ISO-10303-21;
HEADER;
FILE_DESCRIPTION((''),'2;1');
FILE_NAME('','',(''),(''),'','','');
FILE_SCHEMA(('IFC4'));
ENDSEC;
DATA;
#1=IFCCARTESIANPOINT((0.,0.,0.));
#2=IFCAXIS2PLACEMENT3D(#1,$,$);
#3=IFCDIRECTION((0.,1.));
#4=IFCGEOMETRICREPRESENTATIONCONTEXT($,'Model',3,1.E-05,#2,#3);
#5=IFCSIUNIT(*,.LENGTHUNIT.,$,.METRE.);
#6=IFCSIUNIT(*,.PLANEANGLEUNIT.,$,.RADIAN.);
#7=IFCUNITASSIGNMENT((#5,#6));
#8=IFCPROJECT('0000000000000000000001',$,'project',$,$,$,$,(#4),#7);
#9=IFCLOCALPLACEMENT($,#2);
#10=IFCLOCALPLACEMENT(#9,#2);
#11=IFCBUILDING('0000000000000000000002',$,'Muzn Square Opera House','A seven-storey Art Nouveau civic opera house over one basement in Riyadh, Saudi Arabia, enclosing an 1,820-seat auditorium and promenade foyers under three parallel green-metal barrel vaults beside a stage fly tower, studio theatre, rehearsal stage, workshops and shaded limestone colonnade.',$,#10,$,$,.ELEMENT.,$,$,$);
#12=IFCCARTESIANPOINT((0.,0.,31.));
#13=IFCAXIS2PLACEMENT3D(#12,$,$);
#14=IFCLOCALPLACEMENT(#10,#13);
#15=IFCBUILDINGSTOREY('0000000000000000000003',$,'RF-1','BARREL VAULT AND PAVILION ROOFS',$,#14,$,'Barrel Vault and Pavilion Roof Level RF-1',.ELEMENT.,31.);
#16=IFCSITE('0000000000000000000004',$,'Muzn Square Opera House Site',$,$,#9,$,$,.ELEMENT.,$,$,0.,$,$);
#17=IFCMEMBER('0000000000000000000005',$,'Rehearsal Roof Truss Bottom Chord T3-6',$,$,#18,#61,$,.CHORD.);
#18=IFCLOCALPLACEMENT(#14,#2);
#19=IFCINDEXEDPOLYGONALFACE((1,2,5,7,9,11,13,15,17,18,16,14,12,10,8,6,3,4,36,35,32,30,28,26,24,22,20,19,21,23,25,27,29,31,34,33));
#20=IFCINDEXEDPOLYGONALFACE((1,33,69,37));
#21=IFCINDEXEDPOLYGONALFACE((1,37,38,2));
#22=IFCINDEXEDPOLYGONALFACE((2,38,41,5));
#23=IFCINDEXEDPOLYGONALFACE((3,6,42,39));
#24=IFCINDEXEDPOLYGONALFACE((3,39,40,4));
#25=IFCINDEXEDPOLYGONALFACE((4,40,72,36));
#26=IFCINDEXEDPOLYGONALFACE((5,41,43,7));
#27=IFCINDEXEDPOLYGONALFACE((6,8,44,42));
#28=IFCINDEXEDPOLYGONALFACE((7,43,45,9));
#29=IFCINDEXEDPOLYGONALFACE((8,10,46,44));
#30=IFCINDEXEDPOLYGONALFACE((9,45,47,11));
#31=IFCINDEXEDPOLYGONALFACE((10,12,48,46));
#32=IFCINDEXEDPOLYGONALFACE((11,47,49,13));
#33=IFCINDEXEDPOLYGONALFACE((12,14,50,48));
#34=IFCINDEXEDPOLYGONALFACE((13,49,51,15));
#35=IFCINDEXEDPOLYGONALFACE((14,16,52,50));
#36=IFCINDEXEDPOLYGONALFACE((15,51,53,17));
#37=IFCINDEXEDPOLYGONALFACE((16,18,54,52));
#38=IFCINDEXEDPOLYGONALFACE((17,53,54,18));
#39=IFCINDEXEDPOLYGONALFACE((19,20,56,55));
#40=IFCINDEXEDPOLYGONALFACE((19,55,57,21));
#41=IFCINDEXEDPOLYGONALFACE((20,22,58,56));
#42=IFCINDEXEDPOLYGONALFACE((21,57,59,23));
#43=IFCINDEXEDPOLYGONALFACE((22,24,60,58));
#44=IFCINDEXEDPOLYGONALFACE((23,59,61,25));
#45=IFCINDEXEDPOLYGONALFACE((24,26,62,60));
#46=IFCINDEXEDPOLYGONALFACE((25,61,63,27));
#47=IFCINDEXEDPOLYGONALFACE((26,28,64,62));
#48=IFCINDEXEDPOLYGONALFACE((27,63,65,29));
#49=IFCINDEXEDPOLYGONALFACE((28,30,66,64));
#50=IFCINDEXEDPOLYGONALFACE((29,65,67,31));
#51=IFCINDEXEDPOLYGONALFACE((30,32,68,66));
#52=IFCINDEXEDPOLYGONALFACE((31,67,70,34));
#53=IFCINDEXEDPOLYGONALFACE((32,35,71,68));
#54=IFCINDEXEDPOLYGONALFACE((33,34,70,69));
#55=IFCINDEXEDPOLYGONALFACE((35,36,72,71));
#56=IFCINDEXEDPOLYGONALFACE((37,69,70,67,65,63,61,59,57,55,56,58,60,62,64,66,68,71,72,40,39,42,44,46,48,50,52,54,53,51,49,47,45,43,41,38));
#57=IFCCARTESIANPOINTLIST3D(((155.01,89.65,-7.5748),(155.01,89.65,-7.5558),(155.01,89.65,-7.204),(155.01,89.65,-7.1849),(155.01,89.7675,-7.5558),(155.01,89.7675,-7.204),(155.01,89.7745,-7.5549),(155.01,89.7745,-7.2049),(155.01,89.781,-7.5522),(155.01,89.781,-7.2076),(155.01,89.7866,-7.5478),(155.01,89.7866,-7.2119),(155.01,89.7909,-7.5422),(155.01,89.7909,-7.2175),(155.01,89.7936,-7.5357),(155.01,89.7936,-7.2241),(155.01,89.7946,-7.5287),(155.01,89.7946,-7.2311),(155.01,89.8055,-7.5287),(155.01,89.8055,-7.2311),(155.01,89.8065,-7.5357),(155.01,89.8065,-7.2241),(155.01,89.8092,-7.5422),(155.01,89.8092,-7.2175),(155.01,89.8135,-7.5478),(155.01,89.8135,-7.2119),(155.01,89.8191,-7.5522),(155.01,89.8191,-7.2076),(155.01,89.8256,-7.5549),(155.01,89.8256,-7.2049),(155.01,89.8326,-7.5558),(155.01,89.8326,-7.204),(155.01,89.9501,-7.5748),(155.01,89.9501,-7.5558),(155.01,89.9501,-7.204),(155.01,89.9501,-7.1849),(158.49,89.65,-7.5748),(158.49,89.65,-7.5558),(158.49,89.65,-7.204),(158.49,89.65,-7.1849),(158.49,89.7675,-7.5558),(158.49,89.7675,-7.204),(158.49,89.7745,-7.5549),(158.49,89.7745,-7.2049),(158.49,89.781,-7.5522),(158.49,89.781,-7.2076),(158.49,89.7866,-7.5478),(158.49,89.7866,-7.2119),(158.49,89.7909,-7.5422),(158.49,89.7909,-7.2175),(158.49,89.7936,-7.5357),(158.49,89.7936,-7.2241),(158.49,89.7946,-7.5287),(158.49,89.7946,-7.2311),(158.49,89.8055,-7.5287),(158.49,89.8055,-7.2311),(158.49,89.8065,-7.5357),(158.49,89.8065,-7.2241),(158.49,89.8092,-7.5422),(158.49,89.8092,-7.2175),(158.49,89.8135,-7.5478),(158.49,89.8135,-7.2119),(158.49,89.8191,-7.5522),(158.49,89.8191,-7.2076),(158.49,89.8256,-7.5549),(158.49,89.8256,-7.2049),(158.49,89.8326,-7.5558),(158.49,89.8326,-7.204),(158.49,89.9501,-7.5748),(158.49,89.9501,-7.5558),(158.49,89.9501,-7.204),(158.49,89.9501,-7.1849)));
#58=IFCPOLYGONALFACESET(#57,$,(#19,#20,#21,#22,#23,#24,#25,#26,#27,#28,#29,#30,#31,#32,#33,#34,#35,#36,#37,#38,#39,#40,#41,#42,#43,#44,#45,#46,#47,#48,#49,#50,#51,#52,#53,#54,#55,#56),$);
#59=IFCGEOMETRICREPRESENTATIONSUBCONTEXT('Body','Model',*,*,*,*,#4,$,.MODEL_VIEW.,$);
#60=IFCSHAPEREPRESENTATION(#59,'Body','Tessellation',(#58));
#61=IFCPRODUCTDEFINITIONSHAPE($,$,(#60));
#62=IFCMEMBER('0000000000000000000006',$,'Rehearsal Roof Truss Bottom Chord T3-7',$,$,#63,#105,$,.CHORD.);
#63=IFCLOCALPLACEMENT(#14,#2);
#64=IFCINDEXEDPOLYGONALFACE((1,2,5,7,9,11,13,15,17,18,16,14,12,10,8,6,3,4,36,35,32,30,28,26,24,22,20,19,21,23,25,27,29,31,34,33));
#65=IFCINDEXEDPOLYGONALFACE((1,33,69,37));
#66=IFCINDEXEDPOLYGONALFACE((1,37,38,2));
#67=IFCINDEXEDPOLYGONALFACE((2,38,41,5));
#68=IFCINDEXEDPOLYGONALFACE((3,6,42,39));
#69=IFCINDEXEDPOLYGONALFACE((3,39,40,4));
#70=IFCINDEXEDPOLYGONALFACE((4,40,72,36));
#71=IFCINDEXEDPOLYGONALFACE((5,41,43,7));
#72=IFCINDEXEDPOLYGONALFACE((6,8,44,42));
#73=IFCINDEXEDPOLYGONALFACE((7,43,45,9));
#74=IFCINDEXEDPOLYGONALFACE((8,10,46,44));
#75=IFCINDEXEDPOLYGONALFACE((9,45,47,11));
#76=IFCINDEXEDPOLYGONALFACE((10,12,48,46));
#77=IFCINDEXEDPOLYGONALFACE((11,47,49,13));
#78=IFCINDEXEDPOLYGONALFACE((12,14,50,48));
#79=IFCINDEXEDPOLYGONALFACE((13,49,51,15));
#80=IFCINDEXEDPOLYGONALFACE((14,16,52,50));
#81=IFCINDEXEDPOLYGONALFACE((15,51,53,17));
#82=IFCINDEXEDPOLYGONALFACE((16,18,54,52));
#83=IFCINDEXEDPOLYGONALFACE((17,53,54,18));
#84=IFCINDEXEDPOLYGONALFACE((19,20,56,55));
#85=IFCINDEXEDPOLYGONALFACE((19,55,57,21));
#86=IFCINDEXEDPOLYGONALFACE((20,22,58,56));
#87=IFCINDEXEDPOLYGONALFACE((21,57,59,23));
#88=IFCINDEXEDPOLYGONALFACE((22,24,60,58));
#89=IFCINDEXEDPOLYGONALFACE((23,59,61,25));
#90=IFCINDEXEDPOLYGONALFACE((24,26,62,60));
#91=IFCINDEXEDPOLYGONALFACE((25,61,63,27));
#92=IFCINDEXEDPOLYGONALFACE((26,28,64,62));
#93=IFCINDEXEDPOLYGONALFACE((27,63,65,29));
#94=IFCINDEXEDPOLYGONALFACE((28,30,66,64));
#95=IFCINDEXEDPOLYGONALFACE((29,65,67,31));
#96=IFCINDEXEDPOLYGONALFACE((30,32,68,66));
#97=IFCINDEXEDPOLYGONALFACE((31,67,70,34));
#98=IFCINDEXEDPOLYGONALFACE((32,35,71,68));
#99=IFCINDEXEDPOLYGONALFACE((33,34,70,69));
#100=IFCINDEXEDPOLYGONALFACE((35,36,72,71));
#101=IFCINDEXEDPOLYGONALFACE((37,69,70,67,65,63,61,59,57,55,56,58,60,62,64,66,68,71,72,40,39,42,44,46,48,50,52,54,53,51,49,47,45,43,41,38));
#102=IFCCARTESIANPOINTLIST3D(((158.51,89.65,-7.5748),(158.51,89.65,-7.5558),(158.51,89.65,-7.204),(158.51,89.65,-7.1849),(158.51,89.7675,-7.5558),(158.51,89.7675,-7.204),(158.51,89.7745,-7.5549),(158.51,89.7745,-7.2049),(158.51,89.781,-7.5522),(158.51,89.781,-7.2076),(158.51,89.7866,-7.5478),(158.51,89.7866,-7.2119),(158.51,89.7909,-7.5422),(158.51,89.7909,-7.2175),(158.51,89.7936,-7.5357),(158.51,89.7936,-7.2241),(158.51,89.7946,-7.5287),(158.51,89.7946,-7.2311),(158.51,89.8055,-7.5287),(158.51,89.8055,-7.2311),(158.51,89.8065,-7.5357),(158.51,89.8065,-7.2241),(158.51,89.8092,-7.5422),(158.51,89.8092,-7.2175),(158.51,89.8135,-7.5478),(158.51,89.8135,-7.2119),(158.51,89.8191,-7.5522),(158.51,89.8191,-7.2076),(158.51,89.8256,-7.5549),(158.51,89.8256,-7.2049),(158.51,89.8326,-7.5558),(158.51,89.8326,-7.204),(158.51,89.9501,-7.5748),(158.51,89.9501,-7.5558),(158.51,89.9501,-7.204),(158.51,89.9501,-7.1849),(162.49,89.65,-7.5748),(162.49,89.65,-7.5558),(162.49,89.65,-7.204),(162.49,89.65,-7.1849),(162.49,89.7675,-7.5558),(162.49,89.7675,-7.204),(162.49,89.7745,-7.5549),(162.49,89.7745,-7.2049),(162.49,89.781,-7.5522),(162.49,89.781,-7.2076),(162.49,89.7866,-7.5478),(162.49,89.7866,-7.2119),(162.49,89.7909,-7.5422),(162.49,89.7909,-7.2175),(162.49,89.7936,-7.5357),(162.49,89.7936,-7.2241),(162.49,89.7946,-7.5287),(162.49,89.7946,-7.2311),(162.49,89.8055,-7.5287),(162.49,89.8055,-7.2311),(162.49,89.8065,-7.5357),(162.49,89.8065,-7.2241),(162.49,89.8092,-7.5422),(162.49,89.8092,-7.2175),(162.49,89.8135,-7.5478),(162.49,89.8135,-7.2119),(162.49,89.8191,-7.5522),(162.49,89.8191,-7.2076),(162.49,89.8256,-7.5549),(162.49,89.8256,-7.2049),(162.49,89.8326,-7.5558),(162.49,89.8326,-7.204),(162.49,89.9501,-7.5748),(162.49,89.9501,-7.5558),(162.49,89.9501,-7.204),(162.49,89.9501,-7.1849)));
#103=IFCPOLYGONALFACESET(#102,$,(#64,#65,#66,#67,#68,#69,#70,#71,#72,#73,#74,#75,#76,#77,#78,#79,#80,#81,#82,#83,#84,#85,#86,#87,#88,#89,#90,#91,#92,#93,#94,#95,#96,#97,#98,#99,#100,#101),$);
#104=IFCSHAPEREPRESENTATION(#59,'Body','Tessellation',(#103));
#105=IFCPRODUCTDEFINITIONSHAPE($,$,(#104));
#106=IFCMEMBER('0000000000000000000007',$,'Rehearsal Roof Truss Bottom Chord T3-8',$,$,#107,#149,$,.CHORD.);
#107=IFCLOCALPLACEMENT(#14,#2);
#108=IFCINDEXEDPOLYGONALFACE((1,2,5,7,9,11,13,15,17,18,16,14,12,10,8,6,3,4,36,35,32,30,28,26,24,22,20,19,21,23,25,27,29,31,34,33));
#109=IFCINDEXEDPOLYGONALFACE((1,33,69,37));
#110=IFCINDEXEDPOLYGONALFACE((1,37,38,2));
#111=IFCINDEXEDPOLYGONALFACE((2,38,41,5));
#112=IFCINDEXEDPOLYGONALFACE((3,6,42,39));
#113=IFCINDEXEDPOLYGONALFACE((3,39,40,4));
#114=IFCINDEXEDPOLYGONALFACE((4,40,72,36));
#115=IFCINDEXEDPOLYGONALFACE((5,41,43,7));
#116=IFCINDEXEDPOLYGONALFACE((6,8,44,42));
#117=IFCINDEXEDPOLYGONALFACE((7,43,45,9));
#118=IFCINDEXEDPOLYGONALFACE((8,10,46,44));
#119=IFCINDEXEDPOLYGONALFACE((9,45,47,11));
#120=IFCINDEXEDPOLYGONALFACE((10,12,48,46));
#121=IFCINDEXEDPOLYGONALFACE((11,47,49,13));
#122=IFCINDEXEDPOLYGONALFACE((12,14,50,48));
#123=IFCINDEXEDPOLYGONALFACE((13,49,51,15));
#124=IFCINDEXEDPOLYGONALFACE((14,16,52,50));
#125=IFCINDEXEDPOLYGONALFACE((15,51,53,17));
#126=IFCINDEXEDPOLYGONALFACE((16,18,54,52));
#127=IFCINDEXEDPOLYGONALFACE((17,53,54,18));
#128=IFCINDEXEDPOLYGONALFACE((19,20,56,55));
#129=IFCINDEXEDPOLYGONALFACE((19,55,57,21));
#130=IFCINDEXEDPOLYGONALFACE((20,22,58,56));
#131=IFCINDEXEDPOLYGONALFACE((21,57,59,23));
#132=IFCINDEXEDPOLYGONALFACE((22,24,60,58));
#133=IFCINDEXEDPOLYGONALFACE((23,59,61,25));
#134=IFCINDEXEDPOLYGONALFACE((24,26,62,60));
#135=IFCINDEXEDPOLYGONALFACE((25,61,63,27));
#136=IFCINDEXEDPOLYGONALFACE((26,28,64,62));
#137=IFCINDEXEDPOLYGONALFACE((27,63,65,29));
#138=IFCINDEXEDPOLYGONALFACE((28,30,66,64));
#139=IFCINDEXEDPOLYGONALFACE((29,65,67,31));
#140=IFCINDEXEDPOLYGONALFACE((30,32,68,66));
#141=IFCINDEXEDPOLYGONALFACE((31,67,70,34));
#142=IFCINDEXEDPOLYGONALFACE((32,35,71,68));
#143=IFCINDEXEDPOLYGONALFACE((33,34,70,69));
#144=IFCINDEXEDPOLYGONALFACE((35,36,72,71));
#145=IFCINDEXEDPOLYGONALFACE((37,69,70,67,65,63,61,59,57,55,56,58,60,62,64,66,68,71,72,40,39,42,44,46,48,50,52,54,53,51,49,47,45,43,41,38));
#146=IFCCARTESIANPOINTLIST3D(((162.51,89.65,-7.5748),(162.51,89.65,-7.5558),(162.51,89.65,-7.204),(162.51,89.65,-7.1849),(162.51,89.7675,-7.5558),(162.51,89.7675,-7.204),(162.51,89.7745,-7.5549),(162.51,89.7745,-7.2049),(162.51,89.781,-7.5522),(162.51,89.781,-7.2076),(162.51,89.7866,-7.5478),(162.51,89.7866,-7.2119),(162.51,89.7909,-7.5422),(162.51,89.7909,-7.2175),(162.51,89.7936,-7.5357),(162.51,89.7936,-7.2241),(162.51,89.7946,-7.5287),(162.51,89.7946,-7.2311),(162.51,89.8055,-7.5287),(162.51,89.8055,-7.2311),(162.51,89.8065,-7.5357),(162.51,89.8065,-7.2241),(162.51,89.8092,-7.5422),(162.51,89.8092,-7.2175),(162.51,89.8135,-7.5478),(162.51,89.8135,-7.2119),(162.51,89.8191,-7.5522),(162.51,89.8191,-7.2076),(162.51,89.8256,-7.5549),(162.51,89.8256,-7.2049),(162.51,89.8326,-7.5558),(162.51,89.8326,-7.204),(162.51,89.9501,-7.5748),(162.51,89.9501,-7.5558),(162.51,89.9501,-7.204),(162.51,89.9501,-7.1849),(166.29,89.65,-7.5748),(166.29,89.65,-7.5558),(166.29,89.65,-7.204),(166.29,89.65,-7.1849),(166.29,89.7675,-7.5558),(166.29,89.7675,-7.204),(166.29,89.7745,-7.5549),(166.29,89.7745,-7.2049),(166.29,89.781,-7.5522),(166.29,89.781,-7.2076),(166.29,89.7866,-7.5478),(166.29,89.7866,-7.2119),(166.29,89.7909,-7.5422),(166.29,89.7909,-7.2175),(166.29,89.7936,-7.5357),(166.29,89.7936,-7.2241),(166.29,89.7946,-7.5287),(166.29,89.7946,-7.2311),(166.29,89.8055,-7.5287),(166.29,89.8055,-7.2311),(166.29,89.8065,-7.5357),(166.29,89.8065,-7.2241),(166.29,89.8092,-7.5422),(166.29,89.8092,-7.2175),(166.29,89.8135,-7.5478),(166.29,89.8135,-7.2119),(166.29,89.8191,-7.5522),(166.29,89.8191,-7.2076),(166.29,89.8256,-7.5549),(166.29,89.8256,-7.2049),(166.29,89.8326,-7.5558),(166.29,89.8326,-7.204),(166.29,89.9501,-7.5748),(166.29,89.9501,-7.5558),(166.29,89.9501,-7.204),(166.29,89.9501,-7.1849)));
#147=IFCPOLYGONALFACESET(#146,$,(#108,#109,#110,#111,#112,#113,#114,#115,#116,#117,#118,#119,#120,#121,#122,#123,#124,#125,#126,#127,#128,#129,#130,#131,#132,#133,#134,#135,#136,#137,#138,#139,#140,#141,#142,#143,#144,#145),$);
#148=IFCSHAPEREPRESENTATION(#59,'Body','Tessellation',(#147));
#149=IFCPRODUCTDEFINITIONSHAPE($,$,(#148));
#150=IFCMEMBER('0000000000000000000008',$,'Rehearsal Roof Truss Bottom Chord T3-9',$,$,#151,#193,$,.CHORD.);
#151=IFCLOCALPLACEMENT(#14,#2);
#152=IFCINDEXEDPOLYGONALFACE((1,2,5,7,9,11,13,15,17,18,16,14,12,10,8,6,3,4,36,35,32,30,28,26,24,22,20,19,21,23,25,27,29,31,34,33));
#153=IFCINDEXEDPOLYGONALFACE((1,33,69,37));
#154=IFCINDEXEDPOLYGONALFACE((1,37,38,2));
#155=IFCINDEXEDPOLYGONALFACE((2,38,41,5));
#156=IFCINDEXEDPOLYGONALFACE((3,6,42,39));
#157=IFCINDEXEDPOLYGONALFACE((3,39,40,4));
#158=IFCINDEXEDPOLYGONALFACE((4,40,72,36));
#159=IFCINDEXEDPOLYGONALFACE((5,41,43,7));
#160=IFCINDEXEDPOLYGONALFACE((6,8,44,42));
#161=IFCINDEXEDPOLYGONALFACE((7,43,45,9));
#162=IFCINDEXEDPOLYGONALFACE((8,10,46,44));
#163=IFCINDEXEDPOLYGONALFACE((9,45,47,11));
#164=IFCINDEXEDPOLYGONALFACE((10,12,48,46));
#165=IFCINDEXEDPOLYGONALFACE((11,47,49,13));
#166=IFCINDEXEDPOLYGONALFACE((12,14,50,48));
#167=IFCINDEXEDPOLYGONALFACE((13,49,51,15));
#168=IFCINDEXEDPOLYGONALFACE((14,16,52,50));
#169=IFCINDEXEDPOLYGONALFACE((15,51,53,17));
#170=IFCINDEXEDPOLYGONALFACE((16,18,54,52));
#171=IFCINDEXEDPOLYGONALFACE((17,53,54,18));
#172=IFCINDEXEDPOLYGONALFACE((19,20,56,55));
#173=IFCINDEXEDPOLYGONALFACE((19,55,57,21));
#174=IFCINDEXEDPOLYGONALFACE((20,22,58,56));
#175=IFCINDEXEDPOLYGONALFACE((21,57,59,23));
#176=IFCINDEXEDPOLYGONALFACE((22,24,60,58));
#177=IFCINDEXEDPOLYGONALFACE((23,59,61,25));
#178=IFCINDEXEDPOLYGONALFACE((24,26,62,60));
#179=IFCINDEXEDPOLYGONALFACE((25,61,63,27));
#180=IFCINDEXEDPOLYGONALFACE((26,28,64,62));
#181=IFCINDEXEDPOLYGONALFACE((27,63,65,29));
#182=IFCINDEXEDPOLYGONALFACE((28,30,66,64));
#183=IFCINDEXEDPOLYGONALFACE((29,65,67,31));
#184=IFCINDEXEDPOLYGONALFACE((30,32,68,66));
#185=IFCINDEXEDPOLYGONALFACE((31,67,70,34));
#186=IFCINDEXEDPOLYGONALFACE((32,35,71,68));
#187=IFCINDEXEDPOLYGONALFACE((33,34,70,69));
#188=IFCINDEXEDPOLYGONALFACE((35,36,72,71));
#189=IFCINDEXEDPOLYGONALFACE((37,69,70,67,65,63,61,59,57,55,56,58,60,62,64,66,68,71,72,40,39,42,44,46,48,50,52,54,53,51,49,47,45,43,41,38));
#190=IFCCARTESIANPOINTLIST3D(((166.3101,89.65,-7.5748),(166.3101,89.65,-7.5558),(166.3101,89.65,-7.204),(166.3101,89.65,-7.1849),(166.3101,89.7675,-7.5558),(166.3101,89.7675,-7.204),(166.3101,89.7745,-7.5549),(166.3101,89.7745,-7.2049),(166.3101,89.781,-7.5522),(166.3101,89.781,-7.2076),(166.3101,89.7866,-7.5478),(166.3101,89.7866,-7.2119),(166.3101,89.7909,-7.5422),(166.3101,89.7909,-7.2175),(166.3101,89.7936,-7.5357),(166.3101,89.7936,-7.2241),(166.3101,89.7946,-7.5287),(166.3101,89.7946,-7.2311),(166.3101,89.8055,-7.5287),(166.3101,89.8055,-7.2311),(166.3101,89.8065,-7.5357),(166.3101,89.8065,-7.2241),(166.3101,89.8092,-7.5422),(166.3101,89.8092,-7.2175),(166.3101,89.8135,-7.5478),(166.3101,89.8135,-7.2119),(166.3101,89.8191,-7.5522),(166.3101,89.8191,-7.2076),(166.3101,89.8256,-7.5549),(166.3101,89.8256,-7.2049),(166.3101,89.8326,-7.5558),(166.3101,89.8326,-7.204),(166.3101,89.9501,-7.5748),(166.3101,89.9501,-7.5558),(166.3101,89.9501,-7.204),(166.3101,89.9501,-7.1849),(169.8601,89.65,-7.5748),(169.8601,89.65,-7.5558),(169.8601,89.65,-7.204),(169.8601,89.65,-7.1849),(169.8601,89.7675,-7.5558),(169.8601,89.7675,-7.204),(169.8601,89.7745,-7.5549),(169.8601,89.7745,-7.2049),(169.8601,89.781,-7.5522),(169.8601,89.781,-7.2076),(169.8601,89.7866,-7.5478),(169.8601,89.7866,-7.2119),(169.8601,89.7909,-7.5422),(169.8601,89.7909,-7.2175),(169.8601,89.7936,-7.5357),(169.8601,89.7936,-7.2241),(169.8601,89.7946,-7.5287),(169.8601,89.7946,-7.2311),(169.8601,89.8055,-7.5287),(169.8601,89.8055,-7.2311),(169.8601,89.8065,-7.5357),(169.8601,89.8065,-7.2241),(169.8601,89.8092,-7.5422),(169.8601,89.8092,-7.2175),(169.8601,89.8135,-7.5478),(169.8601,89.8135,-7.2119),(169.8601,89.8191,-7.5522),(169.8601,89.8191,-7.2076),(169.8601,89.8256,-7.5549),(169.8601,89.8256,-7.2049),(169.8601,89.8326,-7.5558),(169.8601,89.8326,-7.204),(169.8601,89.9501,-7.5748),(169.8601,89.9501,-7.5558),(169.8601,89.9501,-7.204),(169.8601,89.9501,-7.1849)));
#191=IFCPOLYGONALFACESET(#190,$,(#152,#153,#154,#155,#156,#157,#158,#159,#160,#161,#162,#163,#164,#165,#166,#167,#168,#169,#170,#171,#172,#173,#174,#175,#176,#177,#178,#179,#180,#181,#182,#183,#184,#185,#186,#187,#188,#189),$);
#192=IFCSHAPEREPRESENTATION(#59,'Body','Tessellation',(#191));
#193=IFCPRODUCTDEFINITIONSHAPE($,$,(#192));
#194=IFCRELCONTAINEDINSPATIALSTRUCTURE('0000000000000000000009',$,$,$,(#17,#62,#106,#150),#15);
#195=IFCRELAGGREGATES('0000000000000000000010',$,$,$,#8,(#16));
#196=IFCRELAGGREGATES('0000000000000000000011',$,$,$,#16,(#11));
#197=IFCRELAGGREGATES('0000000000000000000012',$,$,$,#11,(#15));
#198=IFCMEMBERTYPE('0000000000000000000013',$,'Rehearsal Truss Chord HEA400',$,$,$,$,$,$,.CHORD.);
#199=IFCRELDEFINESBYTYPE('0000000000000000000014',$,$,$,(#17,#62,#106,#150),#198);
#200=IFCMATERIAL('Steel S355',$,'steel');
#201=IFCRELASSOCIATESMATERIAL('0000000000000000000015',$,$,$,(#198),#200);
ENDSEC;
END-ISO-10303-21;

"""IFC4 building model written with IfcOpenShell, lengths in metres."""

from ifc_helpers import new_model, si_unit, direction, frame, origin, origin_2d, place, context, subcontext, project, spatial, i_section, extrude, material, material_profile, profile_set, type_object, element, save


model = new_model("IFC4")

# Units and contexts
model_context = context("Model", 3, precision=1e-05, world=origin(), true_north=direction((0.0, 1.0)))
body_context = subcontext(model_context, "Body", "Model", "MODEL_VIEW")
ifc_project = project(units=[si_unit("LENGTHUNIT", "METRE"), si_unit("PLANEANGLEUNIT", "RADIAN")], contexts=[model_context])

# Site, building, storey
site_placement = place(None, origin())
site = spatial("IfcSite", under=ifc_project, at=site_placement, Name="Muzn Square Opera House Site", CompositionType="ELEMENT", RefElevation=0.0)
building_placement = place(site_placement, origin())
building = spatial("IfcBuilding", under=site, at=building_placement, Name="Muzn Square Opera House", Description="A seven-storey Art Nouveau civic opera house over one basement in Riyadh, Saudi Arabia, enclosing an 1,820-seat auditorium and promenade foyers under three parallel green-metal barrel vaults beside a stage fly tower, studio theatre, rehearsal stage, workshops and shaded limestone colonnade.", CompositionType="ELEMENT")
storey_placement = place(building_placement, frame((0.0, 0.0, 31.0)))
storey = spatial("IfcBuildingStorey", under=building, at=storey_placement, Name="RF-1", Description="BARREL VAULT AND PAVILION ROOFS", LongName="Barrel Vault and Pavilion Roof Level RF-1", CompositionType="ELEMENT", Elevation=31.0)

# Shared definitions
ifc_material = material(Name="Steel S355", Category="steel")

# Members
ifc_material_profile_1 = material_profile(ifc_material, i_section(OverallWidth=0.3, OverallDepth=0.3899, WebThickness=0.011, FlangeThickness=0.019, FilletRadius=0.0271, at=origin_2d()), Name="HEA 400", Category="steel")
ifc_profile_set_1 = profile_set([ifc_material_profile_1], Name="Steel S355")
member_type_1 = type_object("IfcMemberType", Name="Rehearsal Truss Chord HEA400", PredefinedType="CHORD", material=ifc_profile_set_1)
member_1_placement = place(storey_placement, frame((155.01, 89.8, -7.3799), z_axis=(1.0, 0.0, 0.0), x_axis=(0.0, 1.0, 0.0)))
element("IfcMember", 1, at=member_1_placement, inside=storey, type_object=member_type_1, Name="Rehearsal Roof Truss Bottom Chord T3-6", PredefinedType="CHORD", context=body_context, shape_type="SweptSolid", body=[
    extrude(i_section(OverallWidth=0.3, OverallDepth=0.3899, WebThickness=0.011, FlangeThickness=0.019, FilletRadius=0.0271, at=origin_2d()), origin(), (0.0, 0.0, 1.0), 3.48),
])
member_2_placement = place(storey_placement, frame((158.51, 89.8, -7.3799), z_axis=(1.0, 0.0, 0.0), x_axis=(0.0, 1.0, 0.0)))
element("IfcMember", 2, at=member_2_placement, inside=storey, type_object=member_type_1, Name="Rehearsal Roof Truss Bottom Chord T3-7", PredefinedType="CHORD", context=body_context, shape_type="SweptSolid", body=[
    extrude(i_section(OverallWidth=0.3, OverallDepth=0.3899, WebThickness=0.011, FlangeThickness=0.019, FilletRadius=0.0271, at=origin_2d()), origin(), (0.0, 0.0, 1.0), 3.98),
])
member_3_placement = place(storey_placement, frame((162.51, 89.8, -7.3799), z_axis=(1.0, 0.0, 0.0), x_axis=(0.0, 1.0, 0.0)))
element("IfcMember", 3, at=member_3_placement, inside=storey, type_object=member_type_1, Name="Rehearsal Roof Truss Bottom Chord T3-8", PredefinedType="CHORD", context=body_context, shape_type="SweptSolid", body=[
    extrude(i_section(OverallWidth=0.3, OverallDepth=0.3899, WebThickness=0.011, FlangeThickness=0.019, FilletRadius=0.0271, at=origin_2d()), origin(), (0.0, 0.0, 1.0), 3.78),
])
member_4_placement = place(storey_placement, frame((166.3101, 89.8, -7.3799), z_axis=(1.0, 0.0, 0.0), x_axis=(0.0, 1.0, 0.0)))
element("IfcMember", 4, at=member_4_placement, inside=storey, type_object=member_type_1, Name="Rehearsal Roof Truss Bottom Chord T3-9", PredefinedType="CHORD", context=body_context, shape_type="SweptSolid", body=[
    extrude(i_section(OverallWidth=0.3, OverallDepth=0.3899, WebThickness=0.011, FlangeThickness=0.019, FilletRadius=0.0271, at=origin_2d()), origin(), (0.0, 0.0, 1.0), 3.55),
])

save(model, "model.ifc")
